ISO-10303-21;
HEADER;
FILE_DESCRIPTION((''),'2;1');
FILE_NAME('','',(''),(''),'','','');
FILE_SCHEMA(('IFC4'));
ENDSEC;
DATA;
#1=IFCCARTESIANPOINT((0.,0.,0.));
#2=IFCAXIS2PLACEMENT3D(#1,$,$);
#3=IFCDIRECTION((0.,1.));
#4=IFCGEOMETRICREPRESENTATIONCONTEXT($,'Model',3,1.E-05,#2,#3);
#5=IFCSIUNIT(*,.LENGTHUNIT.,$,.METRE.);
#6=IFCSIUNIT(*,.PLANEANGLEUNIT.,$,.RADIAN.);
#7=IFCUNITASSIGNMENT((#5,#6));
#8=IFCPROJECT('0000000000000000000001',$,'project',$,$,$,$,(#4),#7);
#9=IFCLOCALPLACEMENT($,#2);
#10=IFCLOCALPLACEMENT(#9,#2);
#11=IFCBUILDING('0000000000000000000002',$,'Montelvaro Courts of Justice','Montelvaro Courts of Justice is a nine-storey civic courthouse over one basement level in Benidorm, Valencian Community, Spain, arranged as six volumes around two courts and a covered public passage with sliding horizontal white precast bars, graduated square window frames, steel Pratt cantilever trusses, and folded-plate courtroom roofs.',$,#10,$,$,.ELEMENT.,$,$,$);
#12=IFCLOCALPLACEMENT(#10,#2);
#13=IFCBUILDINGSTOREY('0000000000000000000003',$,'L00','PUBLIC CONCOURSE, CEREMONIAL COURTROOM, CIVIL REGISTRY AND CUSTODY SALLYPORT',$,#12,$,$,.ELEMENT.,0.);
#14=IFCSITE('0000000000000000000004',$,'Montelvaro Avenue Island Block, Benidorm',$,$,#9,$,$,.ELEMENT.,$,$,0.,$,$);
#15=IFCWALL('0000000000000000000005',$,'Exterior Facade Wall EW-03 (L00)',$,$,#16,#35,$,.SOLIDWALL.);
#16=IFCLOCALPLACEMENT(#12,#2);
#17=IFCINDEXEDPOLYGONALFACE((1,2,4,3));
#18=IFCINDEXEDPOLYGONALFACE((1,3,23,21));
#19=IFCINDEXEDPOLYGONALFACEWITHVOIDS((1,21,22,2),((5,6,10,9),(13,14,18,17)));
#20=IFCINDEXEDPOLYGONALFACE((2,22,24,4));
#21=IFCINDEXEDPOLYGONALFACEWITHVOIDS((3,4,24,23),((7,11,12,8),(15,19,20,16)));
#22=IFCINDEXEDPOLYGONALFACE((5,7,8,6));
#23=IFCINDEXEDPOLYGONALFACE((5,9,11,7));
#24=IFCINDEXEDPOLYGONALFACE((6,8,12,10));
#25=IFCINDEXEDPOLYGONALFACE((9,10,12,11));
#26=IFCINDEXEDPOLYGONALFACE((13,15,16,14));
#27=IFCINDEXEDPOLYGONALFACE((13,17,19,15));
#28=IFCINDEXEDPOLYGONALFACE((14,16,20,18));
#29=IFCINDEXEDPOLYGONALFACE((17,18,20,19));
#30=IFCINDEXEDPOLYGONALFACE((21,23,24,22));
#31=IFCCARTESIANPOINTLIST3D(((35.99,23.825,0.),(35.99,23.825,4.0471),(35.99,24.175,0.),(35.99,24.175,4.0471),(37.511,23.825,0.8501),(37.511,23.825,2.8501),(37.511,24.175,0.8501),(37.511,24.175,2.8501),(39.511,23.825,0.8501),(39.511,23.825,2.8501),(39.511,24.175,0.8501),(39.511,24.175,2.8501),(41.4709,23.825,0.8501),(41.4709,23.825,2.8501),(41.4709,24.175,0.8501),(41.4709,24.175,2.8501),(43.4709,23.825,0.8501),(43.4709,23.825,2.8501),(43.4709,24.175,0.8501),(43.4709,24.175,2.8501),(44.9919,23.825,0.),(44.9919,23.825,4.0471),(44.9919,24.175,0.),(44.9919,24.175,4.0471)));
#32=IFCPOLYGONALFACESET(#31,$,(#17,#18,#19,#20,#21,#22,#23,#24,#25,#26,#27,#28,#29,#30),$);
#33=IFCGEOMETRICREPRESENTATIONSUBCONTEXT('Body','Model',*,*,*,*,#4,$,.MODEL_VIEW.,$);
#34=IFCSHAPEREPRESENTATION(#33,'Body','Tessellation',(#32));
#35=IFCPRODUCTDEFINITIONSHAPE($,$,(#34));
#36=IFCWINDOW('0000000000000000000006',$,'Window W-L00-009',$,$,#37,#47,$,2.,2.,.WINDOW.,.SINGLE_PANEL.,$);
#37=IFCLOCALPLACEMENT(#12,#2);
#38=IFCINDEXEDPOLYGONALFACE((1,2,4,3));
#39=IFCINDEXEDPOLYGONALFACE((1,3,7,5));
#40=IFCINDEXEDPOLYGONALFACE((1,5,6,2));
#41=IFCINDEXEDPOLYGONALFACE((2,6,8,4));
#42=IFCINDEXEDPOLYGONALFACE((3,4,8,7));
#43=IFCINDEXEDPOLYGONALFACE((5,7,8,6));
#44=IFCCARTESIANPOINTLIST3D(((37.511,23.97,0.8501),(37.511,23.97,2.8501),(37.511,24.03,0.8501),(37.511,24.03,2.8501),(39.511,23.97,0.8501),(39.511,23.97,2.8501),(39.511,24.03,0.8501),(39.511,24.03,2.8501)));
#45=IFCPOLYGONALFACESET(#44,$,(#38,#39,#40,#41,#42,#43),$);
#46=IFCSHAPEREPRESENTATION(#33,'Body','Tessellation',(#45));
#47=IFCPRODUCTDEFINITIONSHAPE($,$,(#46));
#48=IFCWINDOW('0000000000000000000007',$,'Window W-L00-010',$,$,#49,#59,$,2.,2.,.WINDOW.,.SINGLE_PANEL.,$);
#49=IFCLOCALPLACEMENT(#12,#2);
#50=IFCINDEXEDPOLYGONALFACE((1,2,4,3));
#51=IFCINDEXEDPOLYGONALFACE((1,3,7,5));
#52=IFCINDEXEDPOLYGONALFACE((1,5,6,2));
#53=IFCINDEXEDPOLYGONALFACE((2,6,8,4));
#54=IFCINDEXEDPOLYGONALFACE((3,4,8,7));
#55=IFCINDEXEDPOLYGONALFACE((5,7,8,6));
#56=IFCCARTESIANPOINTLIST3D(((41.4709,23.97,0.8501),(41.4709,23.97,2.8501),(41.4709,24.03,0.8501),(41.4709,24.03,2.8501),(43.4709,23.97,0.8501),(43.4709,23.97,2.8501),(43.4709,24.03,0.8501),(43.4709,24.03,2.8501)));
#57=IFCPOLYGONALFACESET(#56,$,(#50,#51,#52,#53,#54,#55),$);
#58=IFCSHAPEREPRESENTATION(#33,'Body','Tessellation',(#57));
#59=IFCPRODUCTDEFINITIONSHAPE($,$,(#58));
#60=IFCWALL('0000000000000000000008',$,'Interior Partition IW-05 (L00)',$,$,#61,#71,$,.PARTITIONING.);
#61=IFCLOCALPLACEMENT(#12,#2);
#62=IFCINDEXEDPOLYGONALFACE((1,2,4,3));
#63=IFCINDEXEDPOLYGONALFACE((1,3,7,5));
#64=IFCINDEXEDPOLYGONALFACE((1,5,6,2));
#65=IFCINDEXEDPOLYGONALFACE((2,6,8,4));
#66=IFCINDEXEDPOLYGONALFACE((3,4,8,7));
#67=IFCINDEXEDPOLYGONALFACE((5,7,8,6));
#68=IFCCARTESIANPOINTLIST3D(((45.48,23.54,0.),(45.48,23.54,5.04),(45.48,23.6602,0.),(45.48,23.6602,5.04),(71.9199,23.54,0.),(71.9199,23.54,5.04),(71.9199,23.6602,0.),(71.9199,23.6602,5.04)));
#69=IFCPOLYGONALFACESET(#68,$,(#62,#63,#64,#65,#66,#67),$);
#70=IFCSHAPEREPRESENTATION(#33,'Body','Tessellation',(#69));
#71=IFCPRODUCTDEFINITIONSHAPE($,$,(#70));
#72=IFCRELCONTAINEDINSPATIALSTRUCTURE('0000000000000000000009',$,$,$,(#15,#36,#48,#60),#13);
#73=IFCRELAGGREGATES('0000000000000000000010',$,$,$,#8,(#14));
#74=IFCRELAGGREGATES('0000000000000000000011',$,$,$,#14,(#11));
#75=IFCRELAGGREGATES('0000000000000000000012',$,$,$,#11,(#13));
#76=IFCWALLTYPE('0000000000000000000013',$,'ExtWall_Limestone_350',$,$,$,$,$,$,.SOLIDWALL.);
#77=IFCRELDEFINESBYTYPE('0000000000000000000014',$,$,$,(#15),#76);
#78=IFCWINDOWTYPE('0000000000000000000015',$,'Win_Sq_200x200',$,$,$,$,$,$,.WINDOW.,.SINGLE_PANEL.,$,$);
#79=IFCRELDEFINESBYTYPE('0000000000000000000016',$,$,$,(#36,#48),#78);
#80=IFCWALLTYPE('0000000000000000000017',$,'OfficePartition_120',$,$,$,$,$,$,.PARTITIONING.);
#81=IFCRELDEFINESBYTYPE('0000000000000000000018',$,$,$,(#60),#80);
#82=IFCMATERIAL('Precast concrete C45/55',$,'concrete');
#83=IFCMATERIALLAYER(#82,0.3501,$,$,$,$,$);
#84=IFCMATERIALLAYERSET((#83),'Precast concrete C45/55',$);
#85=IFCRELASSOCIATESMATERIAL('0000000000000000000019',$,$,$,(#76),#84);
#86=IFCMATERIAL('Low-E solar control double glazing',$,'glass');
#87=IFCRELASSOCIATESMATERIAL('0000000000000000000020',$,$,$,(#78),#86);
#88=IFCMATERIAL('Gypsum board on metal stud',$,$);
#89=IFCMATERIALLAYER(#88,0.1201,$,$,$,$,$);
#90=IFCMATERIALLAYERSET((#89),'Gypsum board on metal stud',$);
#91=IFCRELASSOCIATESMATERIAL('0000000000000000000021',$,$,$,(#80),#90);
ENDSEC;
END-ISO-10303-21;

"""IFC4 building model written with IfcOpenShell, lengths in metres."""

from ifc_helpers import new_model, si_unit, direction, frame, frame_2d, origin, place, context, subcontext, project, spatial, rectangle, extrude, material, layer, layer_set, type_object, element, fill, save


model = new_model("IFC4")

# Units and contexts
model_context = context("Model", 3, precision=1e-05, world=origin(), true_north=direction((0.0, 1.0)))
body_context = subcontext(model_context, "Body", "Model", "MODEL_VIEW")
ifc_project = project(units=[si_unit("LENGTHUNIT", "METRE"), si_unit("PLANEANGLEUNIT", "RADIAN")], contexts=[model_context])

# Site, building, storey
site_placement = place(None, origin())
site = spatial("IfcSite", under=ifc_project, at=site_placement, Name="Montelvaro Avenue Island Block, Benidorm", CompositionType="ELEMENT", RefElevation=0.0)
building_placement = place(site_placement, origin())
building = spatial("IfcBuilding", under=site, at=building_placement, Name="Montelvaro Courts of Justice", Description="Montelvaro Courts of Justice is a nine-storey civic courthouse over one basement level in Benidorm, Valencian Community, Spain, arranged as six volumes around two courts and a covered public passage with sliding horizontal white precast bars, graduated square window frames, steel Pratt cantilever trusses, and folded-plate courtroom roofs.", CompositionType="ELEMENT")
storey_placement = place(building_placement, origin())
storey = spatial("IfcBuildingStorey", under=building, at=storey_placement, Name="L00", Description="PUBLIC CONCOURSE, CEREMONIAL COURTROOM, CIVIL REGISTRY AND CUSTODY SALLYPORT", CompositionType="ELEMENT", Elevation=0.0)

# Wall, openings, windows
ifc_material_1 = material(Name="Precast concrete C45/55", Category="concrete")
ifc_layer_1 = layer(ifc_material_1, 0.3501)
ifc_layer_set_1 = layer_set([ifc_layer_1], Name="Precast concrete C45/55")
wall_type_1 = type_object("IfcWallType", Name="ExtWall_Limestone_350", PredefinedType="SOLIDWALL", material=ifc_layer_set_1)
wall_1_placement = place(storey_placement, frame((35.99, 24.0, 0.0), z_axis=(0.0, 0.0, 1.0), x_axis=(1.0, 0.0, 0.0)))
wall_1 = element("IfcWall", 1, at=wall_1_placement, inside=storey, type_object=wall_type_1, Name="Exterior Facade Wall EW-03 (L00)", PredefinedType="SOLIDWALL", context=body_context, shape_type="SweptSolid", body=[
    extrude(rectangle(XDim=9.002, YDim=0.3501, at=frame_2d((4.501, 0.0))), origin(), (0.0, 0.0, 1.0), 4.0471),
])
opening_1_placement = place(wall_1_placement, frame((1.521, 0.0, 0.8501)))
opening_1 = element("IfcOpeningElement", 2, at=opening_1_placement, cuts=wall_1, PredefinedType="OPENING", context=body_context, shape_type="SweptSolid", body=[
    extrude(rectangle(XDim=2.0, YDim=2.0, at=frame_2d((1.0, 1.0))), frame((0.0, 0.1899, 0.0), z_axis=(0.0, -1.0, 0.0), x_axis=(1.0, 0.0, 0.0)), (0.0, 0.0, 1.0), 0.3799),
])
opening_2_placement = place(wall_1_placement, frame((5.481, 0.0, 0.8501)))
opening_2 = element("IfcOpeningElement", 3, at=opening_2_placement, cuts=wall_1, PredefinedType="OPENING", context=body_context, shape_type="SweptSolid", body=[
    extrude(rectangle(XDim=2.0, YDim=2.0, at=frame_2d((1.0, 1.0))), frame((0.0, 0.1899, 0.0), z_axis=(0.0, -1.0, 0.0), x_axis=(1.0, 0.0, 0.0)), (0.0, 0.0, 1.0), 0.3799),
])
ifc_material_2 = material(Name="Low-E solar control double glazing", Category="glass")
window_type = type_object("IfcWindowType", Name="Win_Sq_200x200", PartitioningType="SINGLE_PANEL", PredefinedType="WINDOW", material=ifc_material_2)
window_1_placement = place(opening_1_placement, origin())
window_1 = element("IfcWindow", 4, at=window_1_placement, inside=storey, type_object=window_type, Name="Window W-L00-009", OverallHeight=2.0, OverallWidth=2.0, PartitioningType="SINGLE_PANEL", PredefinedType="WINDOW", context=body_context, shape_type="SweptSolid", body=[
    extrude(rectangle(XDim=2.0, YDim=2.0, at=frame_2d((1.0, 1.0))), frame((0.0, 0.03, 0.0), z_axis=(0.0, -1.0, 0.0), x_axis=(1.0, 0.0, 0.0)), (0.0, 0.0, 1.0), 0.0601),
])
fill(opening_1, window_1)
window_2_placement = place(opening_2_placement, origin())
window_2 = element("IfcWindow", 5, at=window_2_placement, inside=storey, type_object=window_type, Name="Window W-L00-010", OverallHeight=2.0, OverallWidth=2.0, PartitioningType="SINGLE_PANEL", PredefinedType="WINDOW", context=body_context, shape_type="SweptSolid", body=[
    extrude(rectangle(XDim=2.0, YDim=2.0, at=frame_2d((1.0, 1.0))), frame((0.0, 0.03, 0.0), z_axis=(0.0, -1.0, 0.0), x_axis=(1.0, 0.0, 0.0)), (0.0, 0.0, 1.0), 0.0601),
])
fill(opening_2, window_2)

# Wall
ifc_material_3 = material(Name="Gypsum board on metal stud")
ifc_layer_2 = layer(ifc_material_3, 0.1201)
ifc_layer_set_2 = layer_set([ifc_layer_2], Name="Gypsum board on metal stud")
wall_type_2 = type_object("IfcWallType", Name="OfficePartition_120", PredefinedType="PARTITIONING", material=ifc_layer_set_2)
wall_2_placement = place(storey_placement, frame((45.48, 23.6001, 0.0), z_axis=(0.0, 0.0, 1.0), x_axis=(1.0, 0.0, 0.0)))
element("IfcWall", 6, at=wall_2_placement, inside=storey, type_object=wall_type_2, Name="Interior Partition IW-05 (L00)", PredefinedType="PARTITIONING", context=body_context, shape_type="SweptSolid", body=[
    extrude(rectangle(XDim=26.4399, YDim=0.1201, at=frame_2d((13.22, 0.0))), origin(), (0.0, 0.0, 1.0), 5.04),
])

save(model, "model.ifc")
